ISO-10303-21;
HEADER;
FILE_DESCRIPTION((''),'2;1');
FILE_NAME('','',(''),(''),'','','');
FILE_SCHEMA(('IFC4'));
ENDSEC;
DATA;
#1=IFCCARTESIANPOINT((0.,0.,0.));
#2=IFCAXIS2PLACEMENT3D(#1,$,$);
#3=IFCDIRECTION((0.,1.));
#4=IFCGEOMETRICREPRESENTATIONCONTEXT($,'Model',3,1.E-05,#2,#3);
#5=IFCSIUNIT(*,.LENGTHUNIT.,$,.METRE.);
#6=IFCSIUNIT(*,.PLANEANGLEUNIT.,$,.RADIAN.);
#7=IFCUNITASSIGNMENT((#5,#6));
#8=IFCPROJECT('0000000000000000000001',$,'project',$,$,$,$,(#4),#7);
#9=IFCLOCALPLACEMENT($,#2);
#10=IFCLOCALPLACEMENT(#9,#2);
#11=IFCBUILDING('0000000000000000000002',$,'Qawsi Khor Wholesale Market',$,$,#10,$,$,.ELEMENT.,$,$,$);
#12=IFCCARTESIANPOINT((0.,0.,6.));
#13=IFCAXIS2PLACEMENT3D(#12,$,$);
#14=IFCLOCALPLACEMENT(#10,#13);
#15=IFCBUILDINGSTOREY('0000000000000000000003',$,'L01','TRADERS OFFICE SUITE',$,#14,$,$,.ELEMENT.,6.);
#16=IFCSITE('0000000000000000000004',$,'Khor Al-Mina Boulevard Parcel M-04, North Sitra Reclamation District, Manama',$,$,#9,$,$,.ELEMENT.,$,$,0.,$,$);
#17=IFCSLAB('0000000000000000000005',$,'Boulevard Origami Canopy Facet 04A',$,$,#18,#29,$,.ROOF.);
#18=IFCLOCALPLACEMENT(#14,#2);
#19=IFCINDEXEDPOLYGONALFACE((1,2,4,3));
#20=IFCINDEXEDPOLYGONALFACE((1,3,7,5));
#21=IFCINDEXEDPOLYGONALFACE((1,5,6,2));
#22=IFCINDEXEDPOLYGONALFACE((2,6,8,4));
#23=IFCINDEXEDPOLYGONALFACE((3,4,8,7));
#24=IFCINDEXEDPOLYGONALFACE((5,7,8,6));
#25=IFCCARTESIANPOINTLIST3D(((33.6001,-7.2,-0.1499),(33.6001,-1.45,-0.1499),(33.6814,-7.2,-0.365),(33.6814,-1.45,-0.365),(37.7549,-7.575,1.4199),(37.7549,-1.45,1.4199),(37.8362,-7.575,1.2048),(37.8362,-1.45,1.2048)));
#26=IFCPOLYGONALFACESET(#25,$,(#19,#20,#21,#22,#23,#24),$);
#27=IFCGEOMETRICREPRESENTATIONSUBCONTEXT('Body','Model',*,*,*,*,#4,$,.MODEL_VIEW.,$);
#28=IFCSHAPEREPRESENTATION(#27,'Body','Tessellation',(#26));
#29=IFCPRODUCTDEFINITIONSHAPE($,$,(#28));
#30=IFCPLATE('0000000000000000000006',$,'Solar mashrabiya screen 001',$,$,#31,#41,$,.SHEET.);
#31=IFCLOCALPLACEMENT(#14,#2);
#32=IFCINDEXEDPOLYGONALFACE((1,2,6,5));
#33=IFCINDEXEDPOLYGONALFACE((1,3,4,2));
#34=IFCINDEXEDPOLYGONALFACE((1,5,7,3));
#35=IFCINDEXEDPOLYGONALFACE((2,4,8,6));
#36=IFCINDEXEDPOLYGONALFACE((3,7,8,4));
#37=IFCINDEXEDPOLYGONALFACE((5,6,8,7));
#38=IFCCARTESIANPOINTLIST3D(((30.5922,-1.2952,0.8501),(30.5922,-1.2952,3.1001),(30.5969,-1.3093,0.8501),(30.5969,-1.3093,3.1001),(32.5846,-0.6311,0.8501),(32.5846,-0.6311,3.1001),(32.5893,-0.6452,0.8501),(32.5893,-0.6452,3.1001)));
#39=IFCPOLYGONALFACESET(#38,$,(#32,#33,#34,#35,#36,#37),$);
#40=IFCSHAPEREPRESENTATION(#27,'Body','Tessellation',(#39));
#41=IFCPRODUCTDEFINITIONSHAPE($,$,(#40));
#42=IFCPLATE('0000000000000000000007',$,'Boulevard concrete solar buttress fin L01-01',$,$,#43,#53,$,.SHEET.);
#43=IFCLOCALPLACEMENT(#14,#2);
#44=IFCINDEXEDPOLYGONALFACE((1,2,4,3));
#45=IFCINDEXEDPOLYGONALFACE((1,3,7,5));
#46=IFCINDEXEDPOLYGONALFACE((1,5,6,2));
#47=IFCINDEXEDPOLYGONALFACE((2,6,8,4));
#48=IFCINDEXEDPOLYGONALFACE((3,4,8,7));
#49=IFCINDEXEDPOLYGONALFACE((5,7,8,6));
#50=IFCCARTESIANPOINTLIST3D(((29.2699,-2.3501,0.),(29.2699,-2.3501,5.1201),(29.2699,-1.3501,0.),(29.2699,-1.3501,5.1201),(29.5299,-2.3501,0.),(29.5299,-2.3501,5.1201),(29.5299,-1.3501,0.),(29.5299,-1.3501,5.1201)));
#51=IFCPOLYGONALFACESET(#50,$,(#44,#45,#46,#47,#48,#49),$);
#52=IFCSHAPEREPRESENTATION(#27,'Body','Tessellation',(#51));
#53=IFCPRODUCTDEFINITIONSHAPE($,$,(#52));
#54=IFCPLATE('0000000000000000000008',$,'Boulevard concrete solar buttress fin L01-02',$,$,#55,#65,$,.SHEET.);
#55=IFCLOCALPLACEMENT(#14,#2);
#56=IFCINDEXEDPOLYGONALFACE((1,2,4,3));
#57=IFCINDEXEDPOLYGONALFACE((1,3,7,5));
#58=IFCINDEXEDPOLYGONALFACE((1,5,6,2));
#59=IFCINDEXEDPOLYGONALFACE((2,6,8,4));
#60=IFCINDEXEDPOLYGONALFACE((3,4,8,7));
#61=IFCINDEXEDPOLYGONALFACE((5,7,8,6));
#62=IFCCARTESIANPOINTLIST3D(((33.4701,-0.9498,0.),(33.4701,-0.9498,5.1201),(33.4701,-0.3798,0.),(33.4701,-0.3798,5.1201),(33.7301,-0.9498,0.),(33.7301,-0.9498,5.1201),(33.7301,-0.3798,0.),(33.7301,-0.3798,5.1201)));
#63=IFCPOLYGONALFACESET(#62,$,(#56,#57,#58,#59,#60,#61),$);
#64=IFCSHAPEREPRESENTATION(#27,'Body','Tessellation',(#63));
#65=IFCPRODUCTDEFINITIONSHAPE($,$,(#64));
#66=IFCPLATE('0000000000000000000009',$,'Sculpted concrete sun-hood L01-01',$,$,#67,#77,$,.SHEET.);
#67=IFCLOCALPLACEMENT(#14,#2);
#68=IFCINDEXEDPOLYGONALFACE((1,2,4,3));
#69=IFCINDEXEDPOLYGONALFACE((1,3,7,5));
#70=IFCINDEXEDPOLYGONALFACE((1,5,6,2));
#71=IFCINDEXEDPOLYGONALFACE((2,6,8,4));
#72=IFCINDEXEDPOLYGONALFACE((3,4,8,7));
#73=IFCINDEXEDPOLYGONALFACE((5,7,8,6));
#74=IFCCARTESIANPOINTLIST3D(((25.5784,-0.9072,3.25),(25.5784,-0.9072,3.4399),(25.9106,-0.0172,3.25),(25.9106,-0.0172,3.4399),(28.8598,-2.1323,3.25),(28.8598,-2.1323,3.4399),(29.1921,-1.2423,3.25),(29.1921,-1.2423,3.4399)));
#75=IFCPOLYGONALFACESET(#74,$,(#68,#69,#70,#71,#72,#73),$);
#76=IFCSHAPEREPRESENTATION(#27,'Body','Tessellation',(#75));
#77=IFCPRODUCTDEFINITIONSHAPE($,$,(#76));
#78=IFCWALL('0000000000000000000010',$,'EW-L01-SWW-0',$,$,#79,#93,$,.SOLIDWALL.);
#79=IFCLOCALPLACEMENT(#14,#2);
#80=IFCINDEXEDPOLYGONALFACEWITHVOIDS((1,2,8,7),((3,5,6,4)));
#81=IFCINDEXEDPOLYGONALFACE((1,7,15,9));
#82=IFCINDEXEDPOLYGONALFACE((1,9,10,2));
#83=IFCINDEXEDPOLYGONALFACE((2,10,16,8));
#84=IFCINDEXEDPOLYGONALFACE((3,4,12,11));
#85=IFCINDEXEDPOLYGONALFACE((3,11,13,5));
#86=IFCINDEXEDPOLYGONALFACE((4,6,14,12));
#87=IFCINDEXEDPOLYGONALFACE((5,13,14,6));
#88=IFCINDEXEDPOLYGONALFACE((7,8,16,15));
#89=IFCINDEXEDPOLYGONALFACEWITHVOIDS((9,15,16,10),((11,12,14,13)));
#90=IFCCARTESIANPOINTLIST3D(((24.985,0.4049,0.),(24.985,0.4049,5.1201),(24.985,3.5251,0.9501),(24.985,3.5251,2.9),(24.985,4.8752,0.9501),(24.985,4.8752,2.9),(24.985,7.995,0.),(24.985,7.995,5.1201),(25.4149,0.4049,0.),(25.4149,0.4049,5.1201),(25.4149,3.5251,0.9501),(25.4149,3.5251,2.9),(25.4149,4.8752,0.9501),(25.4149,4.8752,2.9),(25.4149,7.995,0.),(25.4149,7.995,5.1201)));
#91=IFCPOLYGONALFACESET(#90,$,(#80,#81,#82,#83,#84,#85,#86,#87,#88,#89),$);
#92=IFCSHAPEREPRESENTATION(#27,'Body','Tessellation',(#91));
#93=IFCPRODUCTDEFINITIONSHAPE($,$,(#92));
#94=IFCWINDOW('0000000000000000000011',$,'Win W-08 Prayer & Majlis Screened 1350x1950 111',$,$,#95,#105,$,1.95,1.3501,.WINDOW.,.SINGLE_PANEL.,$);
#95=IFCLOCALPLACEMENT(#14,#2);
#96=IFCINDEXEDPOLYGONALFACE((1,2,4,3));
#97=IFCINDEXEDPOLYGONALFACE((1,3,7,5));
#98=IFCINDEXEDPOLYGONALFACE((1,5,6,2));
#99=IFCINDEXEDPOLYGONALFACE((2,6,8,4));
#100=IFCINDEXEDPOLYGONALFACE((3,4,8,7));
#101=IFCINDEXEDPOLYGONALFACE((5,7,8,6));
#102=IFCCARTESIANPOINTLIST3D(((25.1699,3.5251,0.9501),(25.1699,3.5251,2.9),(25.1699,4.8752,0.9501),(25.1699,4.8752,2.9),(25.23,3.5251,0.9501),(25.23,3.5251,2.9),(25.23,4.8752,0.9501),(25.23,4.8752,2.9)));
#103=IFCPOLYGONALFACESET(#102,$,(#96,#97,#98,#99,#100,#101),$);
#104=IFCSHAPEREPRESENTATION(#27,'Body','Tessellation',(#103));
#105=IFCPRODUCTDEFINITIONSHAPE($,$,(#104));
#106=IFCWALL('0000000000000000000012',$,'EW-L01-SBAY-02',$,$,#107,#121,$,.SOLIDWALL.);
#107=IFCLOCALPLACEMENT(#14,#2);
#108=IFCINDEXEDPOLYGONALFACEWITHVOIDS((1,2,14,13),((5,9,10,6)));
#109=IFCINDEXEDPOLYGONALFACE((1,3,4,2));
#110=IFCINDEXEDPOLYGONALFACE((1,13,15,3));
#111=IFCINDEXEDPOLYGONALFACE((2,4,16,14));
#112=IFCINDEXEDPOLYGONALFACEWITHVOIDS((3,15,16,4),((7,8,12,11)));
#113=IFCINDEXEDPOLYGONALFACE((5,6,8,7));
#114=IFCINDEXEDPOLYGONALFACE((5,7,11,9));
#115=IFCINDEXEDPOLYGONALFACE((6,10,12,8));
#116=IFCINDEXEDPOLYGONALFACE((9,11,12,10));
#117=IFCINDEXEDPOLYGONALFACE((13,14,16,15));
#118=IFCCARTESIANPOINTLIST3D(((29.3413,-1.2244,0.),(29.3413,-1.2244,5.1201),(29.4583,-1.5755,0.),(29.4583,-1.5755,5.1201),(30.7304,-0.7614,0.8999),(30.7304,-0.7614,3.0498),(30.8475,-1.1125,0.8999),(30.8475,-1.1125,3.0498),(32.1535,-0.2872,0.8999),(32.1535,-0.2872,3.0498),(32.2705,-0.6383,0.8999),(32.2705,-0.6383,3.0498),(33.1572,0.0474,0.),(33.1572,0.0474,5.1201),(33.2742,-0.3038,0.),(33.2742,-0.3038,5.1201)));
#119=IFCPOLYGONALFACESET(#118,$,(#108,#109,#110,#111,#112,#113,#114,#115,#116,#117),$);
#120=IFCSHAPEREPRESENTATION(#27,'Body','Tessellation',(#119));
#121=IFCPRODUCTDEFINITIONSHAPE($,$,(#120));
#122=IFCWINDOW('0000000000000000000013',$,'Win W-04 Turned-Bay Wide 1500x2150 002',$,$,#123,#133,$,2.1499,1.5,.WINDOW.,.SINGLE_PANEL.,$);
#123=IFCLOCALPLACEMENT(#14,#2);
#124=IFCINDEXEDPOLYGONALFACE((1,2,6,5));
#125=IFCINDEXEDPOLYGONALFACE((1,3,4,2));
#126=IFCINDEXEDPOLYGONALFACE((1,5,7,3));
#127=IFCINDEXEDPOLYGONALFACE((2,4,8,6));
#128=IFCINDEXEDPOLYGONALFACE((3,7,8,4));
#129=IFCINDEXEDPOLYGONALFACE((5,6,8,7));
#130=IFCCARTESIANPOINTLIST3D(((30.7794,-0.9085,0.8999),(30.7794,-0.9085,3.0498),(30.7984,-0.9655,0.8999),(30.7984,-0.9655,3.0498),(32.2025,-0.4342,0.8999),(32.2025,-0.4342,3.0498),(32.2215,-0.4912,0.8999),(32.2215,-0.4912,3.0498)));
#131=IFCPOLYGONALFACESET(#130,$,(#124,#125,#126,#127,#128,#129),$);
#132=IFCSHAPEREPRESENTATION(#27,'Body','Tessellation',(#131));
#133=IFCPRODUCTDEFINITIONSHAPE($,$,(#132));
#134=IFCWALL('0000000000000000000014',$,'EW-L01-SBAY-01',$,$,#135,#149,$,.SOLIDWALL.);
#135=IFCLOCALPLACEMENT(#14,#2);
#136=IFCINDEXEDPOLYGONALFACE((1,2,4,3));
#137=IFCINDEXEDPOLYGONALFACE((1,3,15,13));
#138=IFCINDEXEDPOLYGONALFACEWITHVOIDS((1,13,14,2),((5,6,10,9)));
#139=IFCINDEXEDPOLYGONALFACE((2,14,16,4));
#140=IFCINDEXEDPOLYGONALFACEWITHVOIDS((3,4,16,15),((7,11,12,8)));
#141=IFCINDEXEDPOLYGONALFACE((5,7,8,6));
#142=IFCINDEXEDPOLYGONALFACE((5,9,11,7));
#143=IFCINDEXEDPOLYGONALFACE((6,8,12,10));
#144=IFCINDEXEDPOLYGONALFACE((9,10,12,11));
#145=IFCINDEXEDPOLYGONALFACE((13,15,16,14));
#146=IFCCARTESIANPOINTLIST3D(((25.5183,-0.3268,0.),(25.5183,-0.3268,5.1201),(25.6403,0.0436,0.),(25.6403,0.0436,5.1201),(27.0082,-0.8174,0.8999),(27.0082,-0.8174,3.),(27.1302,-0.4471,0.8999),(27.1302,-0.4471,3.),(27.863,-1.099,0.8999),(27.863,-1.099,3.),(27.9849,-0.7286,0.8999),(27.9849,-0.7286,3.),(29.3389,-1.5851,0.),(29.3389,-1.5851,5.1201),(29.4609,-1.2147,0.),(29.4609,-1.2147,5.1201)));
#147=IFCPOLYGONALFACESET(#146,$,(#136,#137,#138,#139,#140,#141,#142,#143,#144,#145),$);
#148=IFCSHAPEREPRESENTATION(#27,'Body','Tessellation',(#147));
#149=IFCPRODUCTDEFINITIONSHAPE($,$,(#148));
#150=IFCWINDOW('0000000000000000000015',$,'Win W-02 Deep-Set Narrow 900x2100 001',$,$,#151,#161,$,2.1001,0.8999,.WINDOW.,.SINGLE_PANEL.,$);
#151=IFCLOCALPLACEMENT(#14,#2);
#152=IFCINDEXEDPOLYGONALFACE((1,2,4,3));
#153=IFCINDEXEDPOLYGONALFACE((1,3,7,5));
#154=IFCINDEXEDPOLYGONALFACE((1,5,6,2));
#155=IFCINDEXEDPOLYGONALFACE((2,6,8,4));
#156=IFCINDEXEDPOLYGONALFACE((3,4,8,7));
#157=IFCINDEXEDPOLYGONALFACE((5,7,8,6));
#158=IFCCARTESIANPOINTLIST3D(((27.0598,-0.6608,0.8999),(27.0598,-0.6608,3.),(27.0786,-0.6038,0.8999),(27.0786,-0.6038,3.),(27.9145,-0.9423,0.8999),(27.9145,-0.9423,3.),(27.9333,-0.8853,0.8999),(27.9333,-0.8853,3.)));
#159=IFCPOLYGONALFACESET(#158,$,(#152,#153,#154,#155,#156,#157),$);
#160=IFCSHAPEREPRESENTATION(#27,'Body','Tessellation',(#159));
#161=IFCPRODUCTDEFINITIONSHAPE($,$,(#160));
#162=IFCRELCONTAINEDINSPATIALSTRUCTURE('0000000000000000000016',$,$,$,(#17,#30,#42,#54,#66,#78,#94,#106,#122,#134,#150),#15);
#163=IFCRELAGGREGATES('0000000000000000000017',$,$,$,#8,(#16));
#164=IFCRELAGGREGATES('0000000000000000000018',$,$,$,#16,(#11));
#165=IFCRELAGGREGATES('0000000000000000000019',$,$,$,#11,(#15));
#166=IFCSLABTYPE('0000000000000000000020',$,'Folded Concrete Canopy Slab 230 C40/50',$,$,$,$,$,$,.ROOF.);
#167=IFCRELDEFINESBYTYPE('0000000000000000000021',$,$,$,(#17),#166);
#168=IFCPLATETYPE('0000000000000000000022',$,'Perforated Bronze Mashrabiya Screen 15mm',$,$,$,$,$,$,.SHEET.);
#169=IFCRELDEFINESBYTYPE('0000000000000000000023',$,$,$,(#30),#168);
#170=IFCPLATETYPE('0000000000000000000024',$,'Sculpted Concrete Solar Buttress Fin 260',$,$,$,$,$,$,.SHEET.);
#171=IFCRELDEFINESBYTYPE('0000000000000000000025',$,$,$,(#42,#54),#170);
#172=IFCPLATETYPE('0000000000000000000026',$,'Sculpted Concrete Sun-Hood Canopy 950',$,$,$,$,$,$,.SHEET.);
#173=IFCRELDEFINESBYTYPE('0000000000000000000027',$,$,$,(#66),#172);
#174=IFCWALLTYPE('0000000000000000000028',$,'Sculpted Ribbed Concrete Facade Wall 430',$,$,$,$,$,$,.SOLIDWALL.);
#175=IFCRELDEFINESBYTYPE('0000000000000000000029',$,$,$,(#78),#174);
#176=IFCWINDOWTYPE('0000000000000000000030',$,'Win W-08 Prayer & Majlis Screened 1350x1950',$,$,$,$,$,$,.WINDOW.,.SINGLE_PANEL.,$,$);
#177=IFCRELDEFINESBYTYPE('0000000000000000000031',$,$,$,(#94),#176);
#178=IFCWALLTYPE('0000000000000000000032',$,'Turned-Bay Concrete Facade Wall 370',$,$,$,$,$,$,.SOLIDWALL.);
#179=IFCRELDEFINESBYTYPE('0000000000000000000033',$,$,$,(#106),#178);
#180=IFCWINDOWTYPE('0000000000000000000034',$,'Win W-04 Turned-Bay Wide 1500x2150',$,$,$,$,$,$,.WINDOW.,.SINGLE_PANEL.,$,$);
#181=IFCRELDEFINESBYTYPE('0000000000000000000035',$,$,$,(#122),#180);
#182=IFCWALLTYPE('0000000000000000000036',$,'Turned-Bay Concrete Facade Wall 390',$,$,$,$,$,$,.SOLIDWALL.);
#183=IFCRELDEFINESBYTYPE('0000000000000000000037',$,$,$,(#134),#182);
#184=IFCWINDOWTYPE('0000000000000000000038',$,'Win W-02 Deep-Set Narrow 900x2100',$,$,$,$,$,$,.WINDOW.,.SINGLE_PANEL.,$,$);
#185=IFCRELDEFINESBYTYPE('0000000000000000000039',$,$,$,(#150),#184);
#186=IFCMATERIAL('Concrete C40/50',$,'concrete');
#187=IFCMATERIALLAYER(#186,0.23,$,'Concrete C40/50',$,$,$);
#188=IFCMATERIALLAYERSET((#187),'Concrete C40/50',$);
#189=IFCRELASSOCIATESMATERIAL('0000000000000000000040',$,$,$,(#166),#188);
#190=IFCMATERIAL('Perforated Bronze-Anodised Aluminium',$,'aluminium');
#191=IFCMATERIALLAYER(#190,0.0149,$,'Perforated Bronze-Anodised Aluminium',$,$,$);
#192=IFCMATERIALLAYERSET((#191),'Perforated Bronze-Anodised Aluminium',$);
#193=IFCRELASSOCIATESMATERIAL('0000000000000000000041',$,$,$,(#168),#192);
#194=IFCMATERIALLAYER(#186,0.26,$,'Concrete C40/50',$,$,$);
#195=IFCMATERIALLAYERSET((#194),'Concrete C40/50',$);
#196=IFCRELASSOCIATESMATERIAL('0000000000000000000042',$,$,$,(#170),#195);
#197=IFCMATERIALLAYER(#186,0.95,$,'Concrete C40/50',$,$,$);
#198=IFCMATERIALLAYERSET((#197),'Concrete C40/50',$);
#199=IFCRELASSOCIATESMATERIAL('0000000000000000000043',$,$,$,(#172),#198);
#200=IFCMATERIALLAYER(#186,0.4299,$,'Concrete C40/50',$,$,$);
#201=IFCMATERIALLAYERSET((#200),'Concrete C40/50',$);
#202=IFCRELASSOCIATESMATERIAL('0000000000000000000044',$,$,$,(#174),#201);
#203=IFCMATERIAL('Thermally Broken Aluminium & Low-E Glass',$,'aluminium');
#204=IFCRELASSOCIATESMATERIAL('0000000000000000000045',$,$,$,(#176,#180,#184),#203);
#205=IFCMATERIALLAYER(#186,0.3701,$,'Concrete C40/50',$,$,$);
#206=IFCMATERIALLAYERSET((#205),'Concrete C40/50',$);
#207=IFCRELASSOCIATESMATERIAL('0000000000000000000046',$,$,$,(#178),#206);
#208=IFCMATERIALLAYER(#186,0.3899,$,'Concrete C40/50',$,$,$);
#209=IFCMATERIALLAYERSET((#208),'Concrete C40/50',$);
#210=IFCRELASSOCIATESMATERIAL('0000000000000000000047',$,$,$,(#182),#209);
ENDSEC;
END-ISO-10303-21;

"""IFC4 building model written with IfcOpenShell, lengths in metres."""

from ifc_helpers import new_model, si_unit, direction, frame, frame_2d, origin, place, context, subcontext, project, spatial, polyline, rectangle, outline, extrude, material, layer, layer_set, type_object, element, fill, save


model = new_model("IFC4")

# Units and contexts
model_context = context("Model", 3, precision=1e-05, world=origin(), true_north=direction((0.0, 1.0)))
body_context = subcontext(model_context, "Body", "Model", "MODEL_VIEW")
ifc_project = project(units=[si_unit("LENGTHUNIT", "METRE"), si_unit("PLANEANGLEUNIT", "RADIAN")], contexts=[model_context])

# Site, building, storey
site_placement = place(None, origin())
site = spatial("IfcSite", under=ifc_project, at=site_placement, Name="Khor Al-Mina Boulevard Parcel M-04, North Sitra Reclamation District, Manama", CompositionType="ELEMENT", RefElevation=0.0)
building_placement = place(site_placement, origin())
building = spatial("IfcBuilding", under=site, at=building_placement, Name="Qawsi Khor Wholesale Market", CompositionType="ELEMENT")
storey_placement = place(building_placement, frame((0.0, 0.0, 6.0)))
storey = spatial("IfcBuildingStorey", under=building, at=storey_placement, Name="L01", Description="TRADERS OFFICE SUITE", CompositionType="ELEMENT", Elevation=6.0)

# Shared definitions
ifc_material_1 = material(Name="Concrete C40/50", Category="concrete")

# Slab
ifc_layer_1 = layer(ifc_material_1, 0.23, Name="Concrete C40/50")
ifc_layer_set_1 = layer_set([ifc_layer_1], Name="Concrete C40/50")
slab_type_1 = type_object("IfcSlabType", Name="Folded Concrete Canopy Slab 230 C40/50", PredefinedType="ROOF", material=ifc_layer_set_1)
slab_1_placement = place(storey_placement, frame((33.6001, -7.2, -0.1499), z_axis=(-0.353448, 0.0, 0.935454), x_axis=(0.932138, -0.084132, 0.352194)))
element("IfcSlab", 1, at=slab_1_placement, inside=storey, type_object=slab_type_1, Name="Boulevard Origami Canopy Facet 04A", PredefinedType="ROOF", context=body_context, shape_type="SweptSolid", body=[
    extrude(outline(polyline([(0.0, 0.0), (4.4573, 0.0), (3.942, 6.1033), (-0.4838, 5.7296), (0.0, 0.0)])), origin(), (0.0, 0.0, -1.0), 0.23),
])

# Plates
ifc_material_2 = material(Name="Perforated Bronze-Anodised Aluminium", Category="aluminium")
ifc_layer_2 = layer(ifc_material_2, 0.0149, Name="Perforated Bronze-Anodised Aluminium")
ifc_layer_set_2 = layer_set([ifc_layer_2], Name="Perforated Bronze-Anodised Aluminium")
plate_type_1 = type_object("IfcPlateType", Name="Perforated Bronze Mashrabiya Screen 15mm", PredefinedType="SHEET", material=ifc_layer_set_2)
plate_1_placement = place(storey_placement, frame((32.5869, -0.6382, 0.8501), z_axis=(0.0, 0.0, 1.0), x_axis=(-0.948695, -0.316193, 0.0)))
element("IfcPlate", 2, at=plate_1_placement, inside=storey, type_object=plate_type_1, Name="Solar mashrabiya screen 001", PredefinedType="SHEET", context=body_context, shape_type="SweptSolid", body=[
    extrude(rectangle(XDim=2.1001, YDim=0.0149, at=frame_2d((1.05, 0.0))), origin(), (0.0, 0.0, 1.0), 2.25),
])
ifc_layer_3 = layer(ifc_material_1, 0.26, Name="Concrete C40/50")
ifc_layer_set_3 = layer_set([ifc_layer_3], Name="Concrete C40/50")
plate_type_2 = type_object("IfcPlateType", Name="Sculpted Concrete Solar Buttress Fin 260", PredefinedType="SHEET", material=ifc_layer_set_3)
plate_2_placement = place(storey_placement, frame((29.3999, -2.3501, 0.0), z_axis=(0.0, 0.0, 1.0), x_axis=(0.0, 1.0, 0.0)))
element("IfcPlate", 3, at=plate_2_placement, inside=storey, type_object=plate_type_2, Name="Boulevard concrete solar buttress fin L01-01", PredefinedType="SHEET", context=body_context, shape_type="SweptSolid", body=[
    extrude(rectangle(XDim=1.0, YDim=0.26, at=frame_2d((0.5, 0.0))), origin(), (0.0, 0.0, 1.0), 5.1201),
])
plate_3_placement = place(storey_placement, frame((33.6001, -0.95, 0.0), z_axis=(0.0, 0.0, 1.0), x_axis=(0.0, 1.0, 0.0)))
element("IfcPlate", 4, at=plate_3_placement, inside=storey, type_object=plate_type_2, Name="Boulevard concrete solar buttress fin L01-02", PredefinedType="SHEET", context=body_context, shape_type="SweptSolid", body=[
    extrude(rectangle(XDim=0.5701, YDim=0.26, at=frame_2d((0.2852, 0.0))), origin(), (0.0, 0.0, 1.0), 5.1201),
])
ifc_layer_4 = layer(ifc_material_1, 0.95, Name="Concrete C40/50")
ifc_layer_set_4 = layer_set([ifc_layer_4], Name="Concrete C40/50")
plate_type_3 = type_object("IfcPlateType", Name="Sculpted Concrete Sun-Hood Canopy 950", PredefinedType="SHEET", material=ifc_layer_set_4)
plate_4_placement = place(storey_placement, frame((25.7444, -0.4622, 3.25), z_axis=(0.0, 0.0, 1.0), x_axis=(0.936841, -0.349756, 0.0)))
element("IfcPlate", 5, at=plate_4_placement, inside=storey, type_object=plate_type_3, Name="Sculpted concrete sun-hood L01-01", PredefinedType="SHEET", context=body_context, shape_type="SweptSolid", body=[
    extrude(rectangle(XDim=3.5027, YDim=0.95, at=frame_2d((1.7515, 0.0))), origin(), (0.0, 0.0, 1.0), 0.1899),
])

# Walls, openings, windows
ifc_layer_5 = layer(ifc_material_1, 0.4299, Name="Concrete C40/50")
ifc_layer_set_5 = layer_set([ifc_layer_5], Name="Concrete C40/50")
wall_type_1 = type_object("IfcWallType", Name="Sculpted Ribbed Concrete Facade Wall 430", PredefinedType="SOLIDWALL", material=ifc_layer_set_5)
wall_1_placement = place(storey_placement, frame((25.2, 0.405, 0.0), z_axis=(0.0, 0.0, 1.0), x_axis=(0.0, 1.0, 0.0)))
wall_1 = element("IfcWall", 6, at=wall_1_placement, inside=storey, type_object=wall_type_1, Name="EW-L01-SWW-0", PredefinedType="SOLIDWALL", context=body_context, shape_type="SweptSolid", body=[
    extrude(rectangle(XDim=7.5901, YDim=0.4299, at=frame_2d((3.7949, 0.0))), origin(), (0.0, 0.0, 1.0), 5.1201),
])
opening_1_placement = place(wall_1_placement, frame((3.1201, 0.0, 0.95)))
opening_1 = element("IfcOpeningElement", 7, at=opening_1_placement, cuts=wall_1, PredefinedType="OPENING", context=body_context, shape_type="SweptSolid", body=[
    extrude(rectangle(XDim=1.3501, YDim=1.95, at=frame_2d((0.675, 0.9751))), frame((0.0, 0.2249, 0.0), z_axis=(0.0, -1.0, 0.0), x_axis=(1.0, 0.0, 0.0)), (0.0, 0.0, 1.0), 0.45),
])
ifc_material_3 = material(Name="Thermally Broken Aluminium & Low-E Glass", Category="aluminium")
window_type_1 = type_object("IfcWindowType", Name="Win W-08 Prayer & Majlis Screened 1350x1950", PartitioningType="SINGLE_PANEL", PredefinedType="WINDOW", material=ifc_material_3)
window_1_placement = place(opening_1_placement, origin())
window_1 = element("IfcWindow", 8, at=window_1_placement, inside=storey, type_object=window_type_1, Name="Win W-08 Prayer & Majlis Screened 1350x1950 111", OverallHeight=1.95, OverallWidth=1.3501, PartitioningType="SINGLE_PANEL", PredefinedType="WINDOW", context=body_context, shape_type="SweptSolid", body=[
    extrude(rectangle(XDim=1.3501, YDim=1.95, at=frame_2d((0.675, 0.9751))), frame((0.0, 0.03, 0.0), z_axis=(0.0, -1.0, 0.0), x_axis=(1.0, 0.0, 0.0)), (0.0, 0.0, 1.0), 0.0601),
])
fill(opening_1, window_1)
ifc_layer_6 = layer(ifc_material_1, 0.3701, Name="Concrete C40/50")
ifc_layer_set_6 = layer_set([ifc_layer_6], Name="Concrete C40/50")
wall_type_2 = type_object("IfcWallType", Name="Turned-Bay Concrete Facade Wall 370", PredefinedType="SOLIDWALL", material=ifc_layer_set_6)
wall_2_placement = place(storey_placement, frame((33.2158, -0.1282, 0.0), z_axis=(0.0, 0.0, 1.0), x_axis=(-0.948702, -0.316173, 0.0)))
wall_2 = element("IfcWall", 9, at=wall_2_placement, inside=storey, type_object=wall_type_2, Name="EW-L01-SBAY-02", PredefinedType="SOLIDWALL", context=body_context, shape_type="SweptSolid", body=[
    extrude(rectangle(XDim=4.0222, YDim=0.3701, at=frame_2d((2.0112, 0.0))), origin(), (0.0, 0.0, 1.0), 5.1201),
])
opening_2_placement = place(wall_2_placement, frame((1.0581, 0.0, 0.8999)))
opening_2 = element("IfcOpeningElement", 10, at=opening_2_placement, cuts=wall_2, PredefinedType="OPENING", context=body_context, shape_type="SweptSolid", body=[
    extrude(rectangle(XDim=1.5, YDim=2.1499, at=frame_2d((0.75, 1.075))), frame((0.0, 0.1951, 0.0), z_axis=(0.0, -1.0, 0.0), x_axis=(1.0, 0.0, 0.0)), (0.0, 0.0, 1.0), 0.3901),
])
window_type_2 = type_object("IfcWindowType", Name="Win W-04 Turned-Bay Wide 1500x2150", PartitioningType="SINGLE_PANEL", PredefinedType="WINDOW", material=ifc_material_3)
window_2_placement = place(opening_2_placement, origin())
window_2 = element("IfcWindow", 11, at=window_2_placement, inside=storey, type_object=window_type_2, Name="Win W-04 Turned-Bay Wide 1500x2150 002", OverallHeight=2.1499, OverallWidth=1.5, PartitioningType="SINGLE_PANEL", PredefinedType="WINDOW", context=body_context, shape_type="SweptSolid", body=[
    extrude(rectangle(XDim=1.5, YDim=2.1499, at=frame_2d((0.75, 1.075))), frame((0.0, 0.03, 0.0), z_axis=(0.0, -1.0, 0.0), x_axis=(1.0, 0.0, 0.0)), (0.0, 0.0, 1.0), 0.0601),
])
fill(opening_2, window_2)
ifc_layer_7 = layer(ifc_material_1, 0.3899, Name="Concrete C40/50")
ifc_layer_set_7 = layer_set([ifc_layer_7], Name="Concrete C40/50")
wall_type_3 = type_object("IfcWallType", Name="Turned-Bay Concrete Facade Wall 390", PredefinedType="SOLIDWALL", material=ifc_layer_set_7)
wall_3_placement = place(storey_placement, frame((29.3999, -1.3999, 0.0), z_axis=(0.0, 0.0, 1.0), x_axis=(-0.949812, 0.312821, 0.0)))
wall_3 = element("IfcWall", 12, at=wall_3_placement, inside=storey, type_object=wall_type_3, Name="EW-L01-SBAY-01", PredefinedType="SOLIDWALL", context=body_context, shape_type="SweptSolid", body=[
    extrude(rectangle(XDim=4.0225, YDim=0.3899, at=frame_2d((2.0112, 0.0))), origin(), (0.0, 0.0, 1.0), 5.1201),
])
opening_3_placement = place(wall_3_placement, frame((1.554, 0.0, 0.8999)))
opening_3 = element("IfcOpeningElement", 13, at=opening_3_placement, cuts=wall_3, PredefinedType="OPENING", context=body_context, shape_type="SweptSolid", body=[
    extrude(rectangle(XDim=0.8999, YDim=2.1001, at=frame_2d((0.45, 1.05))), frame((0.0, 0.2048, 0.0), z_axis=(0.0, -1.0, 0.0), x_axis=(1.0, 0.0, 0.0)), (0.0, 0.0, 1.0), 0.4099),
])
window_type_3 = type_object("IfcWindowType", Name="Win W-02 Deep-Set Narrow 900x2100", PartitioningType="SINGLE_PANEL", PredefinedType="WINDOW", material=ifc_material_3)
window_3_placement = place(opening_3_placement, origin())
window_3 = element("IfcWindow", 14, at=window_3_placement, inside=storey, type_object=window_type_3, Name="Win W-02 Deep-Set Narrow 900x2100 001", OverallHeight=2.1001, OverallWidth=0.8999, PartitioningType="SINGLE_PANEL", PredefinedType="WINDOW", context=body_context, shape_type="SweptSolid", body=[
    extrude(rectangle(XDim=0.8999, YDim=2.1001, at=frame_2d((0.45, 1.05))), frame((0.0, 0.03, 0.0), z_axis=(0.0, -1.0, 0.0), x_axis=(1.0, 0.0, 0.0)), (0.0, 0.0, 1.0), 0.0601),
])
fill(opening_3, window_3)

save(model, "model.ifc")
